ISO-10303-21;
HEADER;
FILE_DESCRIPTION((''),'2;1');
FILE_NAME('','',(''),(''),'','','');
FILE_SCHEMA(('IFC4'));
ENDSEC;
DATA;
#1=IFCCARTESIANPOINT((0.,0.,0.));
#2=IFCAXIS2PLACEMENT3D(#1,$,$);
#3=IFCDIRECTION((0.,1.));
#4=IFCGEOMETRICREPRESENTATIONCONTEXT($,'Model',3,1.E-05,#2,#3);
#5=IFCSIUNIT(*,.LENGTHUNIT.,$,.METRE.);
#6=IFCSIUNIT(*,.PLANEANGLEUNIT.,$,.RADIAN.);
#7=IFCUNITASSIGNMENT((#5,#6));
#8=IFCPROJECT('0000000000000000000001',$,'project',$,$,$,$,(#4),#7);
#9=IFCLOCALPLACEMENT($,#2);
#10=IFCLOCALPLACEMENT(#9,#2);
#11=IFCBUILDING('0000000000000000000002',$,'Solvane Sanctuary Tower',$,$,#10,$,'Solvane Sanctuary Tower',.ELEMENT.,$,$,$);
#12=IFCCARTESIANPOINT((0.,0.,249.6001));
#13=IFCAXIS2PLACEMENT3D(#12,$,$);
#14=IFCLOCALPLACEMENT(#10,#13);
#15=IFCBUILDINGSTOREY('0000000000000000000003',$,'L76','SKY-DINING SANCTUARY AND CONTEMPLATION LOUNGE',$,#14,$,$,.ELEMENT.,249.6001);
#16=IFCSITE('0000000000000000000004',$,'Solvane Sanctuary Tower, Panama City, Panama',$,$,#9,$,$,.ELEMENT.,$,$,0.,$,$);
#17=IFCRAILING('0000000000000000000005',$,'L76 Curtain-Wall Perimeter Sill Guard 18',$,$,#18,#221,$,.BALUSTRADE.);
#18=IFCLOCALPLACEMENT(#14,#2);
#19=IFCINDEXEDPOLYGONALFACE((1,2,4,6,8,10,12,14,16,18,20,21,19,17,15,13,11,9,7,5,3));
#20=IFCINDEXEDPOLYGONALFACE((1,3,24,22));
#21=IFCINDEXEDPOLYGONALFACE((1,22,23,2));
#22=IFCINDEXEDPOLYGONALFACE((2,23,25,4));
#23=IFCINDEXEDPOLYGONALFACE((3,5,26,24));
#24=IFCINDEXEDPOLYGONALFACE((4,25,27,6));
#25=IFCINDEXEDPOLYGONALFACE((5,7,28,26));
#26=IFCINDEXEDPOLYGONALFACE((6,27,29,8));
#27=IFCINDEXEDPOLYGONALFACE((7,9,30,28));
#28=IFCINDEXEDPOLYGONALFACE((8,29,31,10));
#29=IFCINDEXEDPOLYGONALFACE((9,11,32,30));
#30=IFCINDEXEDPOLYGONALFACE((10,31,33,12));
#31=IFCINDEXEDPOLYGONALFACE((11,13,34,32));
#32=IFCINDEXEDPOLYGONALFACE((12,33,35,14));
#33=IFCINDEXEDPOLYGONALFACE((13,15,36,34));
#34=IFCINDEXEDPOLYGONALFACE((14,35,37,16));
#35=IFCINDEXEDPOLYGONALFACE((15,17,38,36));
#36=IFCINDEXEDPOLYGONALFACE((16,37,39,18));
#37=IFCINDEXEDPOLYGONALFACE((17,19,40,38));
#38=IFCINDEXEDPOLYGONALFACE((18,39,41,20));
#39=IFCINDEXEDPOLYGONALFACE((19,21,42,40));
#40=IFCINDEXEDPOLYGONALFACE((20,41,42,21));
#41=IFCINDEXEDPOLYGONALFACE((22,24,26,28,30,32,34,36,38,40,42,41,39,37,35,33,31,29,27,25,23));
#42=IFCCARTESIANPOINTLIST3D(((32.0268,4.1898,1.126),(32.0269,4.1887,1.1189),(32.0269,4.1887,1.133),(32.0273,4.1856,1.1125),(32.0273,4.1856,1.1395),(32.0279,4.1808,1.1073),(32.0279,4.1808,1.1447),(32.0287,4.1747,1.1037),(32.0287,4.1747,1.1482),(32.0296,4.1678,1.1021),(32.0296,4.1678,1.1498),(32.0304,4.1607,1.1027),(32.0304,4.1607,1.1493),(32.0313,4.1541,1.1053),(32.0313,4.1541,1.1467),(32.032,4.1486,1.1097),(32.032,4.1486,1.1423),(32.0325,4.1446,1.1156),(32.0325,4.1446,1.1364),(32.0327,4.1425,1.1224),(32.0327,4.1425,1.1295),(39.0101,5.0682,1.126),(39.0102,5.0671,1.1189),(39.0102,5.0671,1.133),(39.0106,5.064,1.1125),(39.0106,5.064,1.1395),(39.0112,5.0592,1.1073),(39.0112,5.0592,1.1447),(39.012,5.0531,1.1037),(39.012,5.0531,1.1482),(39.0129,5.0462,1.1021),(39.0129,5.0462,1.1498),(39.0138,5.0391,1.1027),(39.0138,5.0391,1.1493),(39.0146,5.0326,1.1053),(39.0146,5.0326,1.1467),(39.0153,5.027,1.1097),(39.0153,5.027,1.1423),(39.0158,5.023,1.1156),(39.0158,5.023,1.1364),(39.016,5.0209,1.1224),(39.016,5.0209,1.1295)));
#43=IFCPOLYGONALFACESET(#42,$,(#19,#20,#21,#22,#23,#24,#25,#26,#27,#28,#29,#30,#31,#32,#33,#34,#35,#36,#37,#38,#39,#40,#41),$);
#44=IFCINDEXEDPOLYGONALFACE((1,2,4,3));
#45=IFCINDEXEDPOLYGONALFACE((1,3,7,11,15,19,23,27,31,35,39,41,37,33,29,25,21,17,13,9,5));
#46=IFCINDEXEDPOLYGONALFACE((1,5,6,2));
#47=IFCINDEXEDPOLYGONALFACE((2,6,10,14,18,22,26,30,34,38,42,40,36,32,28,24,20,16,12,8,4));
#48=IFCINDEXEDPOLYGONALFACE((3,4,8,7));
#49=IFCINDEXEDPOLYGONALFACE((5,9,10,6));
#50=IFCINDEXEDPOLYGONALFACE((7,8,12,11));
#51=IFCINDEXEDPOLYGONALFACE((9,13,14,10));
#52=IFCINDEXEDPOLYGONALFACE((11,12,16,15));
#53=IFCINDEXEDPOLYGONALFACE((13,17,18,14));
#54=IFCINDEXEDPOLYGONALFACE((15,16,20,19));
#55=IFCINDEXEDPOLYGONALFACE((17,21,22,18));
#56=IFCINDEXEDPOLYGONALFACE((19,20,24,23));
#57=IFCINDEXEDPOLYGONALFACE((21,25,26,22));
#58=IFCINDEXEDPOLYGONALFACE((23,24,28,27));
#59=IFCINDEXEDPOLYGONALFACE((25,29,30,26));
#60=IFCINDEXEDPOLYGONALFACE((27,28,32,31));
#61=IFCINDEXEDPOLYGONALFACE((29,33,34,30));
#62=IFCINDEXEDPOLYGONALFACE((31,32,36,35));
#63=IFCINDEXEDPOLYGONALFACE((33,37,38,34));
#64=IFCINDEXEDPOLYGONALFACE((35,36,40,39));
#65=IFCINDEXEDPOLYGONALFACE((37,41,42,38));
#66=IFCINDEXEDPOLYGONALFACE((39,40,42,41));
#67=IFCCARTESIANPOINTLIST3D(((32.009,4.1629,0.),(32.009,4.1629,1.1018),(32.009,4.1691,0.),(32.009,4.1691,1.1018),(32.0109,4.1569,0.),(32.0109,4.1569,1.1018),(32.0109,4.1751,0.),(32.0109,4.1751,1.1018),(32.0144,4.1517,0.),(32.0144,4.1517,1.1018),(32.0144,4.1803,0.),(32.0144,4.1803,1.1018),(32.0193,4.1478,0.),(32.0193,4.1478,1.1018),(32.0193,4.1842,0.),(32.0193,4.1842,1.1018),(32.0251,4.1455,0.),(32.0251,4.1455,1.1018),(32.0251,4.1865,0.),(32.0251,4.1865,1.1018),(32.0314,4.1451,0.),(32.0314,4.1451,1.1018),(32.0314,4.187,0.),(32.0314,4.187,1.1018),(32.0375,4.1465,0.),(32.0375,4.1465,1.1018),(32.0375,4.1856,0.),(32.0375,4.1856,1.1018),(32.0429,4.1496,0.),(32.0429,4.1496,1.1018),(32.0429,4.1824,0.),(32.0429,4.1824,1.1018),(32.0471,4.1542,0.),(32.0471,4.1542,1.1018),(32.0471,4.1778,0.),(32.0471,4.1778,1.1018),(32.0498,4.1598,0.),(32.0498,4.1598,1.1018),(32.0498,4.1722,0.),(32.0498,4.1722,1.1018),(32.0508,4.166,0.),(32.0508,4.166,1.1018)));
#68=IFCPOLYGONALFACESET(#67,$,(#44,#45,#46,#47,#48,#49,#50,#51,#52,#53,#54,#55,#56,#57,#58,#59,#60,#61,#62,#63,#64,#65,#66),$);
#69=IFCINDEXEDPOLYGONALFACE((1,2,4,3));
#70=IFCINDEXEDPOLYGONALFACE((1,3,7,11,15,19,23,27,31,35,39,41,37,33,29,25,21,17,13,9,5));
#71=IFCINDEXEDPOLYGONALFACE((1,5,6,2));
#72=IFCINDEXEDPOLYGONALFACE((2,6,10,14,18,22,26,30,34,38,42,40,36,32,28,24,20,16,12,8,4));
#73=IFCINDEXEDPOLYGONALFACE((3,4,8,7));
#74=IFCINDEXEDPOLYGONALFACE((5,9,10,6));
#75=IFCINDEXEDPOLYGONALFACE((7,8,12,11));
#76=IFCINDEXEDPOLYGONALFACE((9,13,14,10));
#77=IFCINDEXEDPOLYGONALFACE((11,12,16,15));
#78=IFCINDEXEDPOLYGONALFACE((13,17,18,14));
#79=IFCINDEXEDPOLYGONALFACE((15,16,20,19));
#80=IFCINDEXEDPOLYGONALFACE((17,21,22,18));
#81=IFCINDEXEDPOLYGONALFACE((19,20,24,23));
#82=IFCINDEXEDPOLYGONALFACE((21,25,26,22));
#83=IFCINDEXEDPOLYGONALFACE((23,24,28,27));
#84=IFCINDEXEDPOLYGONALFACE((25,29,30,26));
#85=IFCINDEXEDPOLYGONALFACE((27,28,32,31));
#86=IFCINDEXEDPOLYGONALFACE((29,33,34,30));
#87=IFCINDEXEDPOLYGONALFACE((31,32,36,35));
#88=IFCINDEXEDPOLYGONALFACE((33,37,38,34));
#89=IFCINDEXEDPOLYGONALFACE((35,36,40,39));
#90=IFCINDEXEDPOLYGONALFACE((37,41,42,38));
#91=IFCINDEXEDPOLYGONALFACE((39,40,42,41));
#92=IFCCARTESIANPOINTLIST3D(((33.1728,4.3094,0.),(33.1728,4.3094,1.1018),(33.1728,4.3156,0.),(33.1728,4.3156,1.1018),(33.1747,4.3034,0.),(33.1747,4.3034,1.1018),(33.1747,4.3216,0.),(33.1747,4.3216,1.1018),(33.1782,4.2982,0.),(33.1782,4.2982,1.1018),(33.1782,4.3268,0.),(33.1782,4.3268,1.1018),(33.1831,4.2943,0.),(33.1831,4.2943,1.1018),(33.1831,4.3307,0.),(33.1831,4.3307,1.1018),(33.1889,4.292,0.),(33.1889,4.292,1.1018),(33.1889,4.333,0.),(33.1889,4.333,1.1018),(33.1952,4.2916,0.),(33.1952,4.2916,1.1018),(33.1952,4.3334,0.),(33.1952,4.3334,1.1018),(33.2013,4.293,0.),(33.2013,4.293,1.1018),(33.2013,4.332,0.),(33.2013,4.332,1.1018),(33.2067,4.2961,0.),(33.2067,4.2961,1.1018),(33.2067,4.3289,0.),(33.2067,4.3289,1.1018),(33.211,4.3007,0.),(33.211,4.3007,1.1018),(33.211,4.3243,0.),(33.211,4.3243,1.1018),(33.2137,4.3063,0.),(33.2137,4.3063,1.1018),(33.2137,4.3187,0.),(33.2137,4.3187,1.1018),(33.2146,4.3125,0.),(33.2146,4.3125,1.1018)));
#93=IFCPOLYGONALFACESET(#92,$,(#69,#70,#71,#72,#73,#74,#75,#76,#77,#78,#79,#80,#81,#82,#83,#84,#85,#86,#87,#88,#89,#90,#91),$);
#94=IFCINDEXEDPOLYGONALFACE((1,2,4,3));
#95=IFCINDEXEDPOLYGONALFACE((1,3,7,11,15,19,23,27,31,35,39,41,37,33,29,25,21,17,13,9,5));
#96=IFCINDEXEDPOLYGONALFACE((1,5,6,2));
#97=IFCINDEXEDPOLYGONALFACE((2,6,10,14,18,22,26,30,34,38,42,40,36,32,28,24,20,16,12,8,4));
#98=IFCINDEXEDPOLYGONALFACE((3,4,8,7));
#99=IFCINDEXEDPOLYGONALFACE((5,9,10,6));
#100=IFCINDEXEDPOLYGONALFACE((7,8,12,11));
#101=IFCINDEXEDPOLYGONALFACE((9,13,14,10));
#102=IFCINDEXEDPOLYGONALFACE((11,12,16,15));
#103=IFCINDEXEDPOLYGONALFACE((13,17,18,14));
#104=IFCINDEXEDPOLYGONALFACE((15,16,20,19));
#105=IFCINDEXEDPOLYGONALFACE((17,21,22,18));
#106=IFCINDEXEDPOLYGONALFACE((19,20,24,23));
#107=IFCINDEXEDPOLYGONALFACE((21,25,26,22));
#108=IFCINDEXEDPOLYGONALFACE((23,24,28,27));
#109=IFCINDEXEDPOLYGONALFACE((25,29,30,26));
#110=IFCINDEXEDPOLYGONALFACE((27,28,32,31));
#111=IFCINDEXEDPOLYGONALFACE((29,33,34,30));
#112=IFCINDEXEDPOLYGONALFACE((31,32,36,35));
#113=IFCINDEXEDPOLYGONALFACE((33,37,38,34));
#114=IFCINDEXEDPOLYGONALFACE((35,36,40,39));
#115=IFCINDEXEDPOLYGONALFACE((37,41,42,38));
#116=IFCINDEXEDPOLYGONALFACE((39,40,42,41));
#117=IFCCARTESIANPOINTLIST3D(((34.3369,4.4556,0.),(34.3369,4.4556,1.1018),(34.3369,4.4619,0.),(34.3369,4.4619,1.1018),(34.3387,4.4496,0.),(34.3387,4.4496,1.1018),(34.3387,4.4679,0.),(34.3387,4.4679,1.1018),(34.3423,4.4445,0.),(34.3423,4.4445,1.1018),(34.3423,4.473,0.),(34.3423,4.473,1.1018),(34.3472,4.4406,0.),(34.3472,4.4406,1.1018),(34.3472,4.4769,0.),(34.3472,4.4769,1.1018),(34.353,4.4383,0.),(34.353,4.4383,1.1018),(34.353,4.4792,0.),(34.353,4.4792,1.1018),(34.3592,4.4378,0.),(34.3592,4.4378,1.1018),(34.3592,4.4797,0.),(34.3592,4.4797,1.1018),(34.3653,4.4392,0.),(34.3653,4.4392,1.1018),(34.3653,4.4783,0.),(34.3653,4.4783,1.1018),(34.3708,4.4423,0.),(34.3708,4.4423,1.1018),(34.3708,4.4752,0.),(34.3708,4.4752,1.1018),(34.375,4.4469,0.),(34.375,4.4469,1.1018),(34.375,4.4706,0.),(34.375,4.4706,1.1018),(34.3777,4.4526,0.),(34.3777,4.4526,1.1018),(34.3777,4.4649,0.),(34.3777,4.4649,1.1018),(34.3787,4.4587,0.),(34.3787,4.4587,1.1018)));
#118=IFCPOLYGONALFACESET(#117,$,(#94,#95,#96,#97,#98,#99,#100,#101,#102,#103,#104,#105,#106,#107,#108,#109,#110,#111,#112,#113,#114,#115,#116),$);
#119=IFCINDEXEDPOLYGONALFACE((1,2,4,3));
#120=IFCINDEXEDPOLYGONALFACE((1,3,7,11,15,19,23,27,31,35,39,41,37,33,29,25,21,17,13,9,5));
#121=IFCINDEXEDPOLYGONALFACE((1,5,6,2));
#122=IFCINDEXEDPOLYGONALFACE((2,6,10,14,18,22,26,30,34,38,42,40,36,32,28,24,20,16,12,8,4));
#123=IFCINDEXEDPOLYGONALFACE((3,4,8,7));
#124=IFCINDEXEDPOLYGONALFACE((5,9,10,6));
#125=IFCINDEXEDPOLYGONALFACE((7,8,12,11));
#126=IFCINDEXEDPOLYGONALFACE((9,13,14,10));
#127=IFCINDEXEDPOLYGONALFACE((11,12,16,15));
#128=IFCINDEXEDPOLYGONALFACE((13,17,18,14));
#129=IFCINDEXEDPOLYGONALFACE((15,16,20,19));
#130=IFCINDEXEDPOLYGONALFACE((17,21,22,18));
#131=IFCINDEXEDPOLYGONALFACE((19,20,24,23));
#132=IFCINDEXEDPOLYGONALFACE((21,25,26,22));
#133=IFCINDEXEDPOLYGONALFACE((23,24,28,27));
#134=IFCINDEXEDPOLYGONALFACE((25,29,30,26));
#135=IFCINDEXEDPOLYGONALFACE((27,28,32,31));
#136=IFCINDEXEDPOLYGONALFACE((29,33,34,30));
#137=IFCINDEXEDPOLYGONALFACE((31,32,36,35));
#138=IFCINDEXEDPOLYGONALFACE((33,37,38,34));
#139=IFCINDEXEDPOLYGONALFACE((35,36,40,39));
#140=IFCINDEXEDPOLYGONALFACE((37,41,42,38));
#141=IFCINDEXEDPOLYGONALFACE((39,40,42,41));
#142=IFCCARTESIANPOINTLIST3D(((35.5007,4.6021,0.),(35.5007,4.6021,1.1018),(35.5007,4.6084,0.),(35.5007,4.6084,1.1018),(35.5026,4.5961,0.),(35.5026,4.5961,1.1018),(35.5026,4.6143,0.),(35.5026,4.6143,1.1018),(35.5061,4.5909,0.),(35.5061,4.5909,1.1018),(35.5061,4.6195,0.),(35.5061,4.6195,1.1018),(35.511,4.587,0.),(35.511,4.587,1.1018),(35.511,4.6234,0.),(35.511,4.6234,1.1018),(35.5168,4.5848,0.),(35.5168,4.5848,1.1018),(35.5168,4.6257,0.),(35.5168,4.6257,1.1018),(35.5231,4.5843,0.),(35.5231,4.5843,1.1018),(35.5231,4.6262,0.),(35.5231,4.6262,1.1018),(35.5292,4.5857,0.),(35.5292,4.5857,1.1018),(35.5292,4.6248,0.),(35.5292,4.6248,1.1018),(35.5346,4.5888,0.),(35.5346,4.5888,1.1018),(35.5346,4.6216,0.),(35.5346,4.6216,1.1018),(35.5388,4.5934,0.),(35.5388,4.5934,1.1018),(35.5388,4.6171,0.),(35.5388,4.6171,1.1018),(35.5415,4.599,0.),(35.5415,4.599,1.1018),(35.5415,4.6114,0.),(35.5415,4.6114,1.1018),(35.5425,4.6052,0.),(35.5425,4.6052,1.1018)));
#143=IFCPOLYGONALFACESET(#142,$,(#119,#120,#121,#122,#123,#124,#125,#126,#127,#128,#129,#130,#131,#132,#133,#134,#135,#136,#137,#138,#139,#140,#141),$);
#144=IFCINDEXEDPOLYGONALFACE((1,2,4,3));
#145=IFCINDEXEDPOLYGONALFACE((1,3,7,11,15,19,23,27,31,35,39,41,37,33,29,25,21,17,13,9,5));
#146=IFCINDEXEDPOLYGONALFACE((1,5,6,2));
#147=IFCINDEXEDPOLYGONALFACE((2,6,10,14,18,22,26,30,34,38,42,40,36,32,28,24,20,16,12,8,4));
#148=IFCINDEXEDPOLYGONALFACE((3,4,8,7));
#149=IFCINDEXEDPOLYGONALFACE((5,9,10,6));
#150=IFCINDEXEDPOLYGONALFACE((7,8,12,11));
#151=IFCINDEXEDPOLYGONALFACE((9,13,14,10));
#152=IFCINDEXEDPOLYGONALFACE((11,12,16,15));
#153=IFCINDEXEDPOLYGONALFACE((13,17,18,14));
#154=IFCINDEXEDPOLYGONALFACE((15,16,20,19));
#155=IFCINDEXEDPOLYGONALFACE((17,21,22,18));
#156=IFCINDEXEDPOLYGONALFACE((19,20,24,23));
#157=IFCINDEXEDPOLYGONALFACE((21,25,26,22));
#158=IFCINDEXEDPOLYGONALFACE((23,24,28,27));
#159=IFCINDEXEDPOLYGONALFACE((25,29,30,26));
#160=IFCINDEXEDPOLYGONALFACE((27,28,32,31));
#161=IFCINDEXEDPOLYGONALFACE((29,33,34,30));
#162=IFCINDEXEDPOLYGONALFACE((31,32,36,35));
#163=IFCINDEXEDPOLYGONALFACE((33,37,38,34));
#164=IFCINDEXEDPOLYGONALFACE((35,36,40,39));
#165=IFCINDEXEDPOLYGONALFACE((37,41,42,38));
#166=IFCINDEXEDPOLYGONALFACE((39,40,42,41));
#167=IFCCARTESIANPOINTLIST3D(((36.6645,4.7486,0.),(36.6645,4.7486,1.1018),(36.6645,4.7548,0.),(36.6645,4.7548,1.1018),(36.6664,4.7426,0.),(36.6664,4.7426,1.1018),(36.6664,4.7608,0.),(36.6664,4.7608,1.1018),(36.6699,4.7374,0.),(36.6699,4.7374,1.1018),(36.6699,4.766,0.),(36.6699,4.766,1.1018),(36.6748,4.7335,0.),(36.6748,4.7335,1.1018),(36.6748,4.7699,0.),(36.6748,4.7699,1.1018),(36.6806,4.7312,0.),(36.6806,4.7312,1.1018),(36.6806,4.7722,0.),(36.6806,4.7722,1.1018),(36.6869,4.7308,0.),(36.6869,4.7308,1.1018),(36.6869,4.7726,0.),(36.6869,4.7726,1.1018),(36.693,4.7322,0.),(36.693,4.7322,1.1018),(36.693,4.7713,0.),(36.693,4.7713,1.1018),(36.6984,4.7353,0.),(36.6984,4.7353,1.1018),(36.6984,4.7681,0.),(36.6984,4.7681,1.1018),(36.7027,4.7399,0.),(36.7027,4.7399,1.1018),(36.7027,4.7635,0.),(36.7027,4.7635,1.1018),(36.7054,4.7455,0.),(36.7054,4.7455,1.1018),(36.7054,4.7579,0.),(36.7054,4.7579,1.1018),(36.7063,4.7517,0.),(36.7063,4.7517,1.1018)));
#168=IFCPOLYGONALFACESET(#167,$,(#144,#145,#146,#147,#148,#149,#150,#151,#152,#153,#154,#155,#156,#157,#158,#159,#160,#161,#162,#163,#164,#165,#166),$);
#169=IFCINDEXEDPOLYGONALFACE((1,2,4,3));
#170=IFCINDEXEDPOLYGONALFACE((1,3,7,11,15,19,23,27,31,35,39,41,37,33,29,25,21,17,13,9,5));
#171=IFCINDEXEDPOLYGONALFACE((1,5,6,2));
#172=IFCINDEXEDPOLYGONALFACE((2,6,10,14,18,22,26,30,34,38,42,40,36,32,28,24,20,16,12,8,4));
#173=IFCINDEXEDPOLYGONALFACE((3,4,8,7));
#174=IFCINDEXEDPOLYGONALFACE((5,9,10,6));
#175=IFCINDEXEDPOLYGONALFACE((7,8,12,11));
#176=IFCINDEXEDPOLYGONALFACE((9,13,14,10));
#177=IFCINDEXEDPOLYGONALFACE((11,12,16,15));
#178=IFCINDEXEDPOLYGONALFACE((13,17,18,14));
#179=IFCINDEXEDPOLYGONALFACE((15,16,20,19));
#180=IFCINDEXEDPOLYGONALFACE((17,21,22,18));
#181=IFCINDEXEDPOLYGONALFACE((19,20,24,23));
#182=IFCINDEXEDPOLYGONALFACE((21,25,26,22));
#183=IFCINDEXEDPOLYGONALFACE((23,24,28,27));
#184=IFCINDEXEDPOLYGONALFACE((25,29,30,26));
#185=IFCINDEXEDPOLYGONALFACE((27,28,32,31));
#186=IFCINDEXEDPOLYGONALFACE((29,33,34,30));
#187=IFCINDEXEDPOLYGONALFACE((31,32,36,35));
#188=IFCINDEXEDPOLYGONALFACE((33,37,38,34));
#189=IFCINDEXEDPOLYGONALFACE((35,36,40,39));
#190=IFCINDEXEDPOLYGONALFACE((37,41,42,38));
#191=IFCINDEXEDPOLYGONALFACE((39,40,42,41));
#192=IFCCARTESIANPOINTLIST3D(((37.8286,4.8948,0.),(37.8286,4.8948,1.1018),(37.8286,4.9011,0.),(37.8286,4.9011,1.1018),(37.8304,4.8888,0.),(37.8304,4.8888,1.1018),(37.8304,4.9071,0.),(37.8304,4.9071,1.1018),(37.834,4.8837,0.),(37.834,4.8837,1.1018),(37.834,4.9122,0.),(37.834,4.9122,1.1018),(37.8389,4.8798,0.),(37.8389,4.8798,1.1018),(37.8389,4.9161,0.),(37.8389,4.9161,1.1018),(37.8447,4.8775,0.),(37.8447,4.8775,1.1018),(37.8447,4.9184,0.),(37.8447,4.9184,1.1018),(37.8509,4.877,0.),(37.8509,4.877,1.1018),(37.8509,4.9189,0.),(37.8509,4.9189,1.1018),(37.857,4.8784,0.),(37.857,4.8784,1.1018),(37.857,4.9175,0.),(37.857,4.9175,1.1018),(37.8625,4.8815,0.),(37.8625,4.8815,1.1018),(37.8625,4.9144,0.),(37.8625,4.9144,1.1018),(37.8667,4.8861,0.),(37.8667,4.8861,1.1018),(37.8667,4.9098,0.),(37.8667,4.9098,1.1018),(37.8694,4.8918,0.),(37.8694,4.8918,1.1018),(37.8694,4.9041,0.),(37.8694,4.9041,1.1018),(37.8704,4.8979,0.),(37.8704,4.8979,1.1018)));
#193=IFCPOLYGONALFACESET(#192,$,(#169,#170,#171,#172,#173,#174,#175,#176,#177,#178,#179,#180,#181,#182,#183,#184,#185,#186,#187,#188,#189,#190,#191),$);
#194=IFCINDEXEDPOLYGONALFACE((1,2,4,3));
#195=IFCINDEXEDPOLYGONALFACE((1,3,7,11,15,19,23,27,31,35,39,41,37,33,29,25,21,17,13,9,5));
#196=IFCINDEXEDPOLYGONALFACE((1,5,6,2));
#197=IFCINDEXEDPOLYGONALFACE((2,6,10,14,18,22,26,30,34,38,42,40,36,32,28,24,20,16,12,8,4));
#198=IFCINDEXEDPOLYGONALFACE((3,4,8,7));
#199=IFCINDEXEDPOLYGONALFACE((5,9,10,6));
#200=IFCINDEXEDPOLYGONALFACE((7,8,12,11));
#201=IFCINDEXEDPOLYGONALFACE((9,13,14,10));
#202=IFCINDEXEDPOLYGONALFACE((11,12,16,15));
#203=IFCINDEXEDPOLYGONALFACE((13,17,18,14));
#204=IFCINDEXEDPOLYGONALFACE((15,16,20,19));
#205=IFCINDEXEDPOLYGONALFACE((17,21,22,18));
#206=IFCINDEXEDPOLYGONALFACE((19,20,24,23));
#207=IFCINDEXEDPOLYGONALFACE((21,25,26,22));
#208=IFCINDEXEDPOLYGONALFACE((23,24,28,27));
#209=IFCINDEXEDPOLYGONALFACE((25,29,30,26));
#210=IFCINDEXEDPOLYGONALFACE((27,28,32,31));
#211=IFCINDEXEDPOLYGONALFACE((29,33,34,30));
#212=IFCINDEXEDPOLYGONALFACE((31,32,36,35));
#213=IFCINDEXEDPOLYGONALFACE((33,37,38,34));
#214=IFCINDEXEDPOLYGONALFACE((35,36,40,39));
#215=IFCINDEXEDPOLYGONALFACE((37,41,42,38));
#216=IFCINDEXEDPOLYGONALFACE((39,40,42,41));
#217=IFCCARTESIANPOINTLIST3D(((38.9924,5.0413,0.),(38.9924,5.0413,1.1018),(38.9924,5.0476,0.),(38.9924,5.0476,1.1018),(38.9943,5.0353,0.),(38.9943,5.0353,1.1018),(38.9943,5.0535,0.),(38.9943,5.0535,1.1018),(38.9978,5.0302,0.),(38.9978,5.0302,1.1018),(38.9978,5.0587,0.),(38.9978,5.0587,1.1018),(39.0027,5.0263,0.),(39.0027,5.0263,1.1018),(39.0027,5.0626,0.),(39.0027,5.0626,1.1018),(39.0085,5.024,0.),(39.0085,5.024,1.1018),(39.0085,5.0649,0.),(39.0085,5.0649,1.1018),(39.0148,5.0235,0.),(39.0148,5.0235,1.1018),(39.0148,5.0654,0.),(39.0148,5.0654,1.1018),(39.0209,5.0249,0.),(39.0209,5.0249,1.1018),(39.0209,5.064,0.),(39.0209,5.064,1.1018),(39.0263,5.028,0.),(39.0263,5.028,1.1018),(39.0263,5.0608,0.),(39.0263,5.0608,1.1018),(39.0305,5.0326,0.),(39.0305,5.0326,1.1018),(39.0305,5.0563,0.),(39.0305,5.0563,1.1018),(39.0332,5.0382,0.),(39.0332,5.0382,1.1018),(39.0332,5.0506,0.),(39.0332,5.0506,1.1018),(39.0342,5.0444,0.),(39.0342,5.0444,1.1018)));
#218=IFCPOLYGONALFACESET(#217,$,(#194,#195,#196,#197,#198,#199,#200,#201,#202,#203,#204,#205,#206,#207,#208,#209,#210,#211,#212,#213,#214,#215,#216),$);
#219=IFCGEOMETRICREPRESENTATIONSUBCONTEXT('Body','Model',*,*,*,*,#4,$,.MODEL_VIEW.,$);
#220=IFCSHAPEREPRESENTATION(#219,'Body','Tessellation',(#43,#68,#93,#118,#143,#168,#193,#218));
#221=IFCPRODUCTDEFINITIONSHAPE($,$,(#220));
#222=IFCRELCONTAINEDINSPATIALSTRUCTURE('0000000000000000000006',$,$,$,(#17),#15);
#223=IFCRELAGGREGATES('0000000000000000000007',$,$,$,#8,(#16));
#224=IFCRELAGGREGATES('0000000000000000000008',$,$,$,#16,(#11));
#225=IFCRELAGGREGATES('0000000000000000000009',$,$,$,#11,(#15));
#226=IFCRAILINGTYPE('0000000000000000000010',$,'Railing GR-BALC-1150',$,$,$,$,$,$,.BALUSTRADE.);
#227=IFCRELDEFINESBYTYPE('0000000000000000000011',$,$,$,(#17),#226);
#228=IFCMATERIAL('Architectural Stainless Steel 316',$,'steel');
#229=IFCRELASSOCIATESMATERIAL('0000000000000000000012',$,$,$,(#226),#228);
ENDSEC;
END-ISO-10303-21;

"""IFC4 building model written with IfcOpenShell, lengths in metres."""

from ifc_helpers import new_model, si_unit, direction, frame, origin, origin_2d, place, context, subcontext, project, spatial, circle, extrude, material, type_object, element, save


model = new_model("IFC4")

# Units and contexts
model_context = context("Model", 3, precision=1e-05, world=origin(), true_north=direction((0.0, 1.0)))
body_context = subcontext(model_context, "Body", "Model", "MODEL_VIEW")
ifc_project = project(units=[si_unit("LENGTHUNIT", "METRE"), si_unit("PLANEANGLEUNIT", "RADIAN")], contexts=[model_context])

# Site, building, storey
site_placement = place(None, origin())
site = spatial("IfcSite", under=ifc_project, at=site_placement, Name="Solvane Sanctuary Tower, Panama City, Panama", CompositionType="ELEMENT", RefElevation=0.0)
building_placement = place(site_placement, origin())
building = spatial("IfcBuilding", under=site, at=building_placement, Name="Solvane Sanctuary Tower", LongName="Solvane Sanctuary Tower", CompositionType="ELEMENT")
storey_placement = place(building_placement, frame((0.0, 0.0, 249.6001)))
storey = spatial("IfcBuildingStorey", under=building, at=storey_placement, Name="L76", Description="SKY-DINING SANCTUARY AND CONTEMPLATION LOUNGE", CompositionType="ELEMENT", Elevation=249.6001)

# Railing
ifc_material_1 = material(Name="Architectural Stainless Steel 316", Category="steel")
railing_type = type_object("IfcRailingType", Name="Railing GR-BALC-1150", PredefinedType="BALUSTRADE", material=ifc_material_1)
railing_1_placement = place(storey_placement, frame((32.0298, 4.166, 0.0)))
element("IfcRailing", 1, at=railing_1_placement, inside=storey, type_object=railing_type, Name="L76 Curtain-Wall Perimeter Sill Guard 18", PredefinedType="BALUSTRADE", context=body_context, shape_type="SweptSolid", body=[
    extrude(circle(Radius=0.0239, at=origin_2d()), frame((0.0, 0.0, 1.126), z_axis=(0.992182, 0.124803, 0.0), x_axis=(-0.124803, 0.992182, 0.0)), (0.0, 0.0, 1.0), 7.0383),
    extrude(circle(Radius=0.021, at=origin_2d()), origin(), (0.0, 0.0, 1.0), 1.1018),
    extrude(circle(Radius=0.021, at=origin_2d()), frame((1.1638, 0.1465, 0.0)), (0.0, 0.0, 1.0), 1.1018),
    extrude(circle(Radius=0.021, at=origin_2d()), frame((2.3279, 0.2927, 0.0)), (0.0, 0.0, 1.0), 1.1018),
    extrude(circle(Radius=0.021, at=origin_2d()), frame((3.4917, 0.4392, 0.0)), (0.0, 0.0, 1.0), 1.1018),
    extrude(circle(Radius=0.021, at=origin_2d()), frame((4.6555, 0.5857, 0.0)), (0.0, 0.0, 1.0), 1.1018),
    extrude(circle(Radius=0.021, at=origin_2d()), frame((5.8196, 0.7319, 0.0)), (0.0, 0.0, 1.0), 1.1018),
    extrude(circle(Radius=0.021, at=origin_2d()), frame((6.9834, 0.8784, 0.0)), (0.0, 0.0, 1.0), 1.1018),
])

save(model, "model.ifc")
